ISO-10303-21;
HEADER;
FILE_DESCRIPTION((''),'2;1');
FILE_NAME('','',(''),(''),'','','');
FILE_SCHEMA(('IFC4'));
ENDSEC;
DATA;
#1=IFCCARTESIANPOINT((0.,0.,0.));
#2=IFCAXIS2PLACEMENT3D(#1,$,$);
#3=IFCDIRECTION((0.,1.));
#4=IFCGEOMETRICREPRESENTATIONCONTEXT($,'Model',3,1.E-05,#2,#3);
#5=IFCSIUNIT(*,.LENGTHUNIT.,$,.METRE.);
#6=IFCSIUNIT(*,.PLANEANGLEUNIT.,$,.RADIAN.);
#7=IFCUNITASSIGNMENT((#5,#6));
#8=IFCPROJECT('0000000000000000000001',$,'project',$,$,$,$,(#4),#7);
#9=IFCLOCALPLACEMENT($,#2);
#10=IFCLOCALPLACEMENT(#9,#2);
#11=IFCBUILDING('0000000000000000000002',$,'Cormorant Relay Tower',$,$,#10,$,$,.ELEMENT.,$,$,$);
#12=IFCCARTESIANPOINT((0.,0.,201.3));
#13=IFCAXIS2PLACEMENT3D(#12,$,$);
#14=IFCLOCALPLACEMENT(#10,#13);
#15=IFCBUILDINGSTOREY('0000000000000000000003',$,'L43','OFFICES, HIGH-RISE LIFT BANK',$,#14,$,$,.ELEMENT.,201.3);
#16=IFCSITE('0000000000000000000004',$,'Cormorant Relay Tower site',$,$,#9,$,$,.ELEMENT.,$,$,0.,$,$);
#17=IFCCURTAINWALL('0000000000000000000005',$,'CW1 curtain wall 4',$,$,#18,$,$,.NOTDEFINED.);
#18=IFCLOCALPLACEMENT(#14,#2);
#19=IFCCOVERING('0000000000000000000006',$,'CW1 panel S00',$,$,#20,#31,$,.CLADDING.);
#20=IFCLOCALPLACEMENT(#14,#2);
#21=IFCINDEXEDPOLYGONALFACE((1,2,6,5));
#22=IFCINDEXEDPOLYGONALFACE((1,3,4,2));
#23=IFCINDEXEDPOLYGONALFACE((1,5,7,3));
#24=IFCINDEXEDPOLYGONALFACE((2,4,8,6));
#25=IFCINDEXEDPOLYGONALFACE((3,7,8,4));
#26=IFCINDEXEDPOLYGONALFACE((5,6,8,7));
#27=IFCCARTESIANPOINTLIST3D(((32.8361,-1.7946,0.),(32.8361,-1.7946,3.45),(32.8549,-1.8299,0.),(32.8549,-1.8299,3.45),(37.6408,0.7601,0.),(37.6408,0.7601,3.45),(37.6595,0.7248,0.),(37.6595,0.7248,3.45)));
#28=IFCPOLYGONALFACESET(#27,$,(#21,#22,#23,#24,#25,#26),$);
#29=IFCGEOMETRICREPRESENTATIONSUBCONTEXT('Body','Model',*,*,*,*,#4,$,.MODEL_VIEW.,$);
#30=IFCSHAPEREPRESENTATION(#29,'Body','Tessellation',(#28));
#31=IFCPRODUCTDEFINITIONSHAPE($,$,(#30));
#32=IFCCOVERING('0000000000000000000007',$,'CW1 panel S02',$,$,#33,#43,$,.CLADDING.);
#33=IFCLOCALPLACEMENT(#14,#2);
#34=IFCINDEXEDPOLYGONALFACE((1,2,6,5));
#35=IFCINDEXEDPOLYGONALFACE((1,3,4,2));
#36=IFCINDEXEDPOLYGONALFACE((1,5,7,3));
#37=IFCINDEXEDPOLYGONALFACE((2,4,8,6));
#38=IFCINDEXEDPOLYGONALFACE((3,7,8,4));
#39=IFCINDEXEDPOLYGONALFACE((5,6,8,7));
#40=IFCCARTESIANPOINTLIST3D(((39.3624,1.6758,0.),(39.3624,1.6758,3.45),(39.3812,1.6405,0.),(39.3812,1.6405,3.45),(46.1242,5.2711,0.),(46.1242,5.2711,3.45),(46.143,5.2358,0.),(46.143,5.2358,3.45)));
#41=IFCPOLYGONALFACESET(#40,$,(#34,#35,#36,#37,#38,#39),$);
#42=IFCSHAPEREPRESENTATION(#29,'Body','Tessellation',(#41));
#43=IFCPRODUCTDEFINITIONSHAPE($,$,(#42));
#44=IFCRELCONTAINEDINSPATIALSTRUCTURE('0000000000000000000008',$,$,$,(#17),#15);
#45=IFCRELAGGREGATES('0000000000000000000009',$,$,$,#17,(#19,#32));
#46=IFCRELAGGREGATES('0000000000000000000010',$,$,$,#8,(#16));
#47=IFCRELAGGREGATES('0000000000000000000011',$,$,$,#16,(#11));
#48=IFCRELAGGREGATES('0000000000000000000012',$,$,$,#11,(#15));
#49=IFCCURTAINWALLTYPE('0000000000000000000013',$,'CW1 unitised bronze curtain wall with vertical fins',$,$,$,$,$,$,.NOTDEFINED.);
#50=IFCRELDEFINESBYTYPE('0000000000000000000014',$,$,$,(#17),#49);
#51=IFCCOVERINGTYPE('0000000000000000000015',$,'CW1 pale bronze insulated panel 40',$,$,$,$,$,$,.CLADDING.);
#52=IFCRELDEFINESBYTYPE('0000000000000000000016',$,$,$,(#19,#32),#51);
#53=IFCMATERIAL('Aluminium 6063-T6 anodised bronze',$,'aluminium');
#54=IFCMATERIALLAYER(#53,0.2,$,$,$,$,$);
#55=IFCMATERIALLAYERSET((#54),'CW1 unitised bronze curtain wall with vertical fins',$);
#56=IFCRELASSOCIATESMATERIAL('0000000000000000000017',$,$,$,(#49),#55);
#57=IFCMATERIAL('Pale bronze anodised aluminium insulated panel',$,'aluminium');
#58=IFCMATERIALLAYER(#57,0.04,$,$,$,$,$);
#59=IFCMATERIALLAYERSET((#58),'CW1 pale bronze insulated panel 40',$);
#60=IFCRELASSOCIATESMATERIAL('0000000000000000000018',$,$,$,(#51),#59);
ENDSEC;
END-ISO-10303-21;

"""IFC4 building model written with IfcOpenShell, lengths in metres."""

from ifc_helpers import new_model, si_unit, direction, frame, origin, origin_2d, place, context, subcontext, project, spatial, rectangle, extrude, material, layer, layer_set, type_object, element, aggregate, save


model = new_model("IFC4")

# Units and contexts
model_context = context("Model", 3, precision=1e-05, world=origin(), true_north=direction((0.0, 1.0)))
body_context = subcontext(model_context, "Body", "Model", "MODEL_VIEW")
ifc_project = project(units=[si_unit("LENGTHUNIT", "METRE"), si_unit("PLANEANGLEUNIT", "RADIAN")], contexts=[model_context])

# Site, building, storey
site_placement = place(None, origin())
site = spatial("IfcSite", under=ifc_project, at=site_placement, Name="Cormorant Relay Tower site", CompositionType="ELEMENT", RefElevation=0.0)
building_placement = place(site_placement, origin())
building = spatial("IfcBuilding", under=site, at=building_placement, Name="Cormorant Relay Tower", CompositionType="ELEMENT")
storey_placement = place(building_placement, frame((0.0, 0.0, 201.3)))
storey = spatial("IfcBuildingStorey", under=building, at=storey_placement, Name="L43", Description="OFFICES, HIGH-RISE LIFT BANK", CompositionType="ELEMENT", Elevation=201.3)

# Shared definitions
ifc_material_1 = material(Name="Aluminium 6063-T6 anodised bronze", Category="aluminium")
ifc_layer_1 = layer(ifc_material_1, 0.2)
ifc_layer_set_1 = layer_set([ifc_layer_1], Name="CW1 unitised bronze curtain wall with vertical fins")
curtain_wall_type = type_object("IfcCurtainWallType", Name="CW1 unitised bronze curtain wall with vertical fins", PredefinedType="NOTDEFINED", material=ifc_layer_set_1)

# Curtain wall
curtain_wall_1_placement = place(storey_placement, origin())
curtain_wall_1 = element("IfcCurtainWall", 1, at=curtain_wall_1_placement, inside=storey, type_object=curtain_wall_type, Name="CW1 curtain wall 4", PredefinedType="NOTDEFINED")

# Coverings
ifc_material_2 = material(Name="Pale bronze anodised aluminium insulated panel", Category="aluminium")
ifc_layer_2 = layer(ifc_material_2, 0.04)
ifc_layer_set_2 = layer_set([ifc_layer_2], Name="CW1 pale bronze insulated panel 40")
covering_type = type_object("IfcCoveringType", Name="CW1 pale bronze insulated panel 40", PredefinedType="CLADDING", material=ifc_layer_set_2)
covering_1_placement = place(storey_placement, frame((35.2478, -0.5349, 0.0), z_axis=(0.0, 0.0, 1.0), x_axis=(0.882948, 0.469472, 0.0)))
covering_1 = element("IfcCovering", 2, at=covering_1_placement, type_object=covering_type, Name="CW1 panel S00", PredefinedType="CLADDING", context=body_context, shape_type="SweptSolid", body=[
    extrude(rectangle(XDim=5.4417, YDim=0.04, at=origin_2d()), origin(), (0.0, 0.0, 1.0), 3.45),
])
covering_2_placement = place(storey_placement, frame((42.7527, 3.4558, 0.0), z_axis=(0.0, 0.0, 1.0), x_axis=(0.882948, 0.469472, 0.0)))
covering_2 = element("IfcCovering", 3, at=covering_2_placement, type_object=covering_type, Name="CW1 panel S02", PredefinedType="CLADDING", context=body_context, shape_type="SweptSolid", body=[
    extrude(rectangle(XDim=7.6582, YDim=0.04, at=origin_2d()), origin(), (0.0, 0.0, 1.0), 3.45),
])
aggregate(curtain_wall_1, [covering_1, covering_2])

save(model, "model.ifc")
